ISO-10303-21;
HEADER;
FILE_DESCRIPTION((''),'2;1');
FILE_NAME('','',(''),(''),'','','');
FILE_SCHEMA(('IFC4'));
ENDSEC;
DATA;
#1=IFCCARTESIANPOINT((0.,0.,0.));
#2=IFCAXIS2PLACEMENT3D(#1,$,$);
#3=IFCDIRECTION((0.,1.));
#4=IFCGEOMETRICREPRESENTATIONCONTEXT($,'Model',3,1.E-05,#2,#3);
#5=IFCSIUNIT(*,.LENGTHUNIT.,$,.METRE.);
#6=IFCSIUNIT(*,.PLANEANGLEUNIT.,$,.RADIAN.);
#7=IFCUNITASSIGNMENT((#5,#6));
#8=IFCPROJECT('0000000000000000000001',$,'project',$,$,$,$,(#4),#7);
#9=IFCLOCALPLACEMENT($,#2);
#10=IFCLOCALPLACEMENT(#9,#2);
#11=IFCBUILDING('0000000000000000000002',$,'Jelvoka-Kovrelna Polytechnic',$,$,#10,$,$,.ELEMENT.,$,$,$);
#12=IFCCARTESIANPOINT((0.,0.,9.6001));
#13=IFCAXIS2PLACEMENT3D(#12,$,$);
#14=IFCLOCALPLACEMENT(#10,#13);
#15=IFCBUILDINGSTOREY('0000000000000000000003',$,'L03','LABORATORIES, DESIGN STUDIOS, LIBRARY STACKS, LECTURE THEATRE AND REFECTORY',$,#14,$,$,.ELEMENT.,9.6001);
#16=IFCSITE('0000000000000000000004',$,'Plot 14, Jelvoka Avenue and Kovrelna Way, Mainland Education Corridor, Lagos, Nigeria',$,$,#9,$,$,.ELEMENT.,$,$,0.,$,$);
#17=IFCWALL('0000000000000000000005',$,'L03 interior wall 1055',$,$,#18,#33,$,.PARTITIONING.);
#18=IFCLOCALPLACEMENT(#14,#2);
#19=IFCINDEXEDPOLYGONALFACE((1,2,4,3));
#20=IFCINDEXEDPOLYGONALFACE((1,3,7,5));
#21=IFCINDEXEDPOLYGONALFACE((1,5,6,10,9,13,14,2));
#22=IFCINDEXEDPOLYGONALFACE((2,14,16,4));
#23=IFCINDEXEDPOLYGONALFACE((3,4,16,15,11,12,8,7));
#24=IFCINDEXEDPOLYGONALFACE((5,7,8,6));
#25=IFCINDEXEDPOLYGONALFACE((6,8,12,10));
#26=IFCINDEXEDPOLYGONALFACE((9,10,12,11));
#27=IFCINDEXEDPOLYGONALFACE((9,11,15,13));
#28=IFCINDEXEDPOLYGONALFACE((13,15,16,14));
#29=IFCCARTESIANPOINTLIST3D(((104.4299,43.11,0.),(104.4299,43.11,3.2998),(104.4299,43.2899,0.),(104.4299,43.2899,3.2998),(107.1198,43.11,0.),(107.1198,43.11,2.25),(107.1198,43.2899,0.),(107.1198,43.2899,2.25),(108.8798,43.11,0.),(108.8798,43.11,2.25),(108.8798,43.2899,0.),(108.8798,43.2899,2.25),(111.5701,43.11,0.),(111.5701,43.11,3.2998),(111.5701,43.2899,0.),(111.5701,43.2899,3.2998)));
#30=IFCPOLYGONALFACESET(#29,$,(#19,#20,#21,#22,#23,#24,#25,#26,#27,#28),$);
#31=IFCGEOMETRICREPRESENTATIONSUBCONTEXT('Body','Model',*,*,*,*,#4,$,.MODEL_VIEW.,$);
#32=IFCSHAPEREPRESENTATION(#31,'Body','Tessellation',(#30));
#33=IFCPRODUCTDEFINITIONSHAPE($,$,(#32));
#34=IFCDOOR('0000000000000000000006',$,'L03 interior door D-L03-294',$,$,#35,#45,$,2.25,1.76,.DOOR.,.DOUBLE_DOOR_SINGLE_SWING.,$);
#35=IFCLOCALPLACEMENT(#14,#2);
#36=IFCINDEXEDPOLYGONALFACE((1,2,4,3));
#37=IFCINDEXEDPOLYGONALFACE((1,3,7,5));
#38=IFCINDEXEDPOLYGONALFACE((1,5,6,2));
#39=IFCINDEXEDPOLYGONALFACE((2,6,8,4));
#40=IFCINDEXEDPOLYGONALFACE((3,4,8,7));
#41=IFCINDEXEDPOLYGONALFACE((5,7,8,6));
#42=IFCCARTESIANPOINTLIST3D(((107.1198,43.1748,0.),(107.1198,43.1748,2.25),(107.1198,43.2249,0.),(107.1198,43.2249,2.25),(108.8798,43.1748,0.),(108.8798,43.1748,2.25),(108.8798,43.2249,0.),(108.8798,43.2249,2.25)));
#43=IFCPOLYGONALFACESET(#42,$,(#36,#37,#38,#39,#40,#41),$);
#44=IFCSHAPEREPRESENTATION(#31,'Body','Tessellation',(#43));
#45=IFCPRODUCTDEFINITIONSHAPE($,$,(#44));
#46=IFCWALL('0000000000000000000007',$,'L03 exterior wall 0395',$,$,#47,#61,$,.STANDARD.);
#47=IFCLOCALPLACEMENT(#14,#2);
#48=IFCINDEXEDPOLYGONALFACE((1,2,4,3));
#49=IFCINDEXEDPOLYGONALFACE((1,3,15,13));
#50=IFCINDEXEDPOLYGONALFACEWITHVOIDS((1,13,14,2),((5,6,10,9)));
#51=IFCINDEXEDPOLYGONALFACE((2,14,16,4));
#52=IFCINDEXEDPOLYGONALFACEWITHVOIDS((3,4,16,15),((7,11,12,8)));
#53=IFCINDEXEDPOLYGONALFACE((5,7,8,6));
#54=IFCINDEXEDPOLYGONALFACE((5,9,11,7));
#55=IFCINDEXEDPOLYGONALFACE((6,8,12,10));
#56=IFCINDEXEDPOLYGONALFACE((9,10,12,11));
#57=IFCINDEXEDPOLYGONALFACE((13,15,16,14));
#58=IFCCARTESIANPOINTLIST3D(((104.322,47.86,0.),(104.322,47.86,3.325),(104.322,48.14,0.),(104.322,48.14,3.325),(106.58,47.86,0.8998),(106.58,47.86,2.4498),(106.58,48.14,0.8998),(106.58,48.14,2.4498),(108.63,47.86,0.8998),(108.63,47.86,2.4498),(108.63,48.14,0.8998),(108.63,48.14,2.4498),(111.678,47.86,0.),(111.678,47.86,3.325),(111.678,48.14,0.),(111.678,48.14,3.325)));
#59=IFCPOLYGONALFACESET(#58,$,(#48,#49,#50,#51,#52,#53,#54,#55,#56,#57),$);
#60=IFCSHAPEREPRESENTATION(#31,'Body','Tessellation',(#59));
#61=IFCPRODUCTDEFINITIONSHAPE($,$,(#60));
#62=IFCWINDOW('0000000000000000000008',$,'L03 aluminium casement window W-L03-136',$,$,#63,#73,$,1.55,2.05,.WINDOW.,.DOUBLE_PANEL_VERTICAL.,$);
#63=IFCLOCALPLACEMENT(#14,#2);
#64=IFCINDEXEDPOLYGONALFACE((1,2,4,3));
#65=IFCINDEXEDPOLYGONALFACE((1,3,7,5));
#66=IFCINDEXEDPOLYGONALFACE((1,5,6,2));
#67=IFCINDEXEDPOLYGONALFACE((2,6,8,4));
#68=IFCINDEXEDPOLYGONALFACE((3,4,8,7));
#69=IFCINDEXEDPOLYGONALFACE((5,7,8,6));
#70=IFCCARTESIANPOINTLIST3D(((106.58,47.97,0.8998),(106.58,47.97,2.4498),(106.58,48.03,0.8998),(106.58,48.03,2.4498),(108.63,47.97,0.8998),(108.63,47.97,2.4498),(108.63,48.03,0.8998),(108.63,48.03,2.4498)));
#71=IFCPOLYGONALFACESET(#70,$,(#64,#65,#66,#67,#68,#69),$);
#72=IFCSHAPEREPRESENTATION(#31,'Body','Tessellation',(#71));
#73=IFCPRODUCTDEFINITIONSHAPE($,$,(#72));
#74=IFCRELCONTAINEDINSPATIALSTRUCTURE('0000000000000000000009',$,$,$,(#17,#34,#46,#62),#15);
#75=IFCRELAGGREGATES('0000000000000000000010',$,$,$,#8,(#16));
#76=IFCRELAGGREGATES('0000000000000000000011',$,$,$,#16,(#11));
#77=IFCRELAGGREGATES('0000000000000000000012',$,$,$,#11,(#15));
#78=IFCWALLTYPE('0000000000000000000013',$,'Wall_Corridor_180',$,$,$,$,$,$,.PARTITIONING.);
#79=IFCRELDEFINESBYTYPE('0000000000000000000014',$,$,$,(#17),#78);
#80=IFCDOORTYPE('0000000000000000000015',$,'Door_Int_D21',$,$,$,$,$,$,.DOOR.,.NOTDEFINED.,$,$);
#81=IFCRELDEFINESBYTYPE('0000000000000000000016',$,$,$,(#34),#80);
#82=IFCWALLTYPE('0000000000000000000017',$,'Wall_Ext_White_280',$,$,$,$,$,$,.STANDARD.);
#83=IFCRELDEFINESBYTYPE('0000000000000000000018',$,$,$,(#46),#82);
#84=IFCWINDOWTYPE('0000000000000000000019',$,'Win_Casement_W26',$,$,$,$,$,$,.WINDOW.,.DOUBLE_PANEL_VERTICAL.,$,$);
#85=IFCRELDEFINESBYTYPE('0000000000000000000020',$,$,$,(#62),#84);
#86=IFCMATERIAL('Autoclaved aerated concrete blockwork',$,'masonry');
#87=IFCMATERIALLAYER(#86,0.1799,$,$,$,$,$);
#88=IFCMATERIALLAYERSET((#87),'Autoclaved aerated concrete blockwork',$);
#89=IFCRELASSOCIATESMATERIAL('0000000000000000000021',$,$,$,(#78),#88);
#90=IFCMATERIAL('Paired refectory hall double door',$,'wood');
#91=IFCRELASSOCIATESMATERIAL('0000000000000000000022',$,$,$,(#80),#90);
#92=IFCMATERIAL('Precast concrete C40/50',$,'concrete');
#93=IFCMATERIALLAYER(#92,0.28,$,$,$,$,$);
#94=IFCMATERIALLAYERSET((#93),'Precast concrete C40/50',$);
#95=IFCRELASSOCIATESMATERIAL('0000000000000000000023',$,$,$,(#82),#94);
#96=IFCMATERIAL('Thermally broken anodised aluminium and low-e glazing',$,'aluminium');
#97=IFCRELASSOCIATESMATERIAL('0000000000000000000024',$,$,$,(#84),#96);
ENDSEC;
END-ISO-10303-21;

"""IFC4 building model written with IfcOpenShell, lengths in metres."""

from ifc_helpers import new_model, si_unit, direction, frame, frame_2d, origin, place, context, subcontext, project, spatial, rectangle, extrude, material, layer, layer_set, type_object, element, fill, save


model = new_model("IFC4")

# Units and contexts
model_context = context("Model", 3, precision=1e-05, world=origin(), true_north=direction((0.0, 1.0)))
body_context = subcontext(model_context, "Body", "Model", "MODEL_VIEW")
ifc_project = project(units=[si_unit("LENGTHUNIT", "METRE"), si_unit("PLANEANGLEUNIT", "RADIAN")], contexts=[model_context])

# Site, building, storey
site_placement = place(None, origin())
site = spatial("IfcSite", under=ifc_project, at=site_placement, Name="Plot 14, Jelvoka Avenue and Kovrelna Way, Mainland Education Corridor, Lagos, Nigeria", CompositionType="ELEMENT", RefElevation=0.0)
building_placement = place(site_placement, origin())
building = spatial("IfcBuilding", under=site, at=building_placement, Name="Jelvoka-Kovrelna Polytechnic", CompositionType="ELEMENT")
storey_placement = place(building_placement, frame((0.0, 0.0, 9.6001)))
storey = spatial("IfcBuildingStorey", under=building, at=storey_placement, Name="L03", Description="LABORATORIES, DESIGN STUDIOS, LIBRARY STACKS, LECTURE THEATRE AND REFECTORY", CompositionType="ELEMENT", Elevation=9.6001)

# Wall, opening, door
ifc_material_1 = material(Name="Autoclaved aerated concrete blockwork", Category="masonry")
ifc_layer_1 = layer(ifc_material_1, 0.1799)
ifc_layer_set_1 = layer_set([ifc_layer_1], Name="Autoclaved aerated concrete blockwork")
wall_type_1 = type_object("IfcWallType", Name="Wall_Corridor_180", PredefinedType="PARTITIONING", material=ifc_layer_set_1)
wall_1_placement = place(storey_placement, frame((104.4299, 43.2, 0.0), z_axis=(0.0, 0.0, 1.0), x_axis=(1.0, 0.0, 0.0)))
wall_1 = element("IfcWall", 1, at=wall_1_placement, inside=storey, type_object=wall_type_1, Name="L03 interior wall 1055", PredefinedType="PARTITIONING", context=body_context, shape_type="SweptSolid", body=[
    extrude(rectangle(XDim=7.1401, YDim=0.1799, at=frame_2d((3.5701, 0.0))), origin(), (0.0, 0.0, 1.0), 3.2998),
])
opening_1_placement = place(wall_1_placement, frame((2.6899, 0.0, 0.0)))
opening_1 = element("IfcOpeningElement", 2, at=opening_1_placement, cuts=wall_1, PredefinedType="OPENING", context=body_context, shape_type="SweptSolid", body=[
    extrude(rectangle(XDim=1.76, YDim=2.25, at=frame_2d((0.8799, 1.125))), frame((0.0, 0.0999, 0.0), z_axis=(0.0, -1.0, 0.0), x_axis=(1.0, 0.0, 0.0)), (0.0, 0.0, 1.0), 0.2),
])
ifc_material_2 = material(Name="Paired refectory hall double door", Category="wood")
door_type = type_object("IfcDoorType", Name="Door_Int_D21", OperationType="NOTDEFINED", PredefinedType="DOOR", material=ifc_material_2)
door_placement = place(opening_1_placement, origin())
door = element("IfcDoor", 3, at=door_placement, inside=storey, type_object=door_type, Name="L03 interior door D-L03-294", OperationType="DOUBLE_DOOR_SINGLE_SWING", OverallHeight=2.25, OverallWidth=1.76, PredefinedType="DOOR", context=body_context, shape_type="SweptSolid", body=[
    extrude(rectangle(XDim=1.76, YDim=2.25, at=frame_2d((0.8799, 1.125))), frame((0.0, 0.0249, 0.0), z_axis=(0.0, -1.0, 0.0), x_axis=(1.0, 0.0, 0.0)), (0.0, 0.0, 1.0), 0.05),
])
fill(opening_1, door)

# Wall, opening, window
ifc_material_3 = material(Name="Precast concrete C40/50", Category="concrete")
ifc_layer_2 = layer(ifc_material_3, 0.28)
ifc_layer_set_2 = layer_set([ifc_layer_2], Name="Precast concrete C40/50")
wall_type_2 = type_object("IfcWallType", Name="Wall_Ext_White_280", PredefinedType="STANDARD", material=ifc_layer_set_2)
wall_2_placement = place(storey_placement, frame((104.322, 48.0, 0.0), z_axis=(0.0, 0.0, 1.0), x_axis=(1.0, 0.0, 0.0)))
wall_2 = element("IfcWall", 4, at=wall_2_placement, inside=storey, type_object=wall_type_2, Name="L03 exterior wall 0395", PredefinedType="STANDARD", context=body_context, shape_type="SweptSolid", body=[
    extrude(rectangle(XDim=7.356, YDim=0.28, at=frame_2d((3.678, 0.0))), origin(), (0.0, 0.0, 1.0), 3.325),
])
opening_2_placement = place(wall_2_placement, frame((2.2581, 0.0, 0.8999)))
opening_2 = element("IfcOpeningElement", 5, at=opening_2_placement, cuts=wall_2, PredefinedType="OPENING", context=body_context, shape_type="SweptSolid", body=[
    extrude(rectangle(XDim=2.05, YDim=1.55, at=frame_2d((1.0249, 0.7749))), frame((0.0, 0.1501, 0.0), z_axis=(0.0, -1.0, 0.0), x_axis=(1.0, 0.0, 0.0)), (0.0, 0.0, 1.0), 0.3),
])
ifc_material_4 = material(Name="Thermally broken anodised aluminium and low-e glazing", Category="aluminium")
window_type = type_object("IfcWindowType", Name="Win_Casement_W26", PartitioningType="DOUBLE_PANEL_VERTICAL", PredefinedType="WINDOW", material=ifc_material_4)
window_placement = place(opening_2_placement, origin())
window = element("IfcWindow", 6, at=window_placement, inside=storey, type_object=window_type, Name="L03 aluminium casement window W-L03-136", OverallHeight=1.55, OverallWidth=2.05, PartitioningType="DOUBLE_PANEL_VERTICAL", PredefinedType="WINDOW", context=body_context, shape_type="SweptSolid", body=[
    extrude(rectangle(XDim=2.05, YDim=1.55, at=frame_2d((1.0249, 0.7749))), frame((0.0, 0.03, 0.0), z_axis=(0.0, -1.0, 0.0), x_axis=(1.0, 0.0, 0.0)), (0.0, 0.0, 1.0), 0.0601),
])
fill(opening_2, window)

save(model, "model.ifc")
